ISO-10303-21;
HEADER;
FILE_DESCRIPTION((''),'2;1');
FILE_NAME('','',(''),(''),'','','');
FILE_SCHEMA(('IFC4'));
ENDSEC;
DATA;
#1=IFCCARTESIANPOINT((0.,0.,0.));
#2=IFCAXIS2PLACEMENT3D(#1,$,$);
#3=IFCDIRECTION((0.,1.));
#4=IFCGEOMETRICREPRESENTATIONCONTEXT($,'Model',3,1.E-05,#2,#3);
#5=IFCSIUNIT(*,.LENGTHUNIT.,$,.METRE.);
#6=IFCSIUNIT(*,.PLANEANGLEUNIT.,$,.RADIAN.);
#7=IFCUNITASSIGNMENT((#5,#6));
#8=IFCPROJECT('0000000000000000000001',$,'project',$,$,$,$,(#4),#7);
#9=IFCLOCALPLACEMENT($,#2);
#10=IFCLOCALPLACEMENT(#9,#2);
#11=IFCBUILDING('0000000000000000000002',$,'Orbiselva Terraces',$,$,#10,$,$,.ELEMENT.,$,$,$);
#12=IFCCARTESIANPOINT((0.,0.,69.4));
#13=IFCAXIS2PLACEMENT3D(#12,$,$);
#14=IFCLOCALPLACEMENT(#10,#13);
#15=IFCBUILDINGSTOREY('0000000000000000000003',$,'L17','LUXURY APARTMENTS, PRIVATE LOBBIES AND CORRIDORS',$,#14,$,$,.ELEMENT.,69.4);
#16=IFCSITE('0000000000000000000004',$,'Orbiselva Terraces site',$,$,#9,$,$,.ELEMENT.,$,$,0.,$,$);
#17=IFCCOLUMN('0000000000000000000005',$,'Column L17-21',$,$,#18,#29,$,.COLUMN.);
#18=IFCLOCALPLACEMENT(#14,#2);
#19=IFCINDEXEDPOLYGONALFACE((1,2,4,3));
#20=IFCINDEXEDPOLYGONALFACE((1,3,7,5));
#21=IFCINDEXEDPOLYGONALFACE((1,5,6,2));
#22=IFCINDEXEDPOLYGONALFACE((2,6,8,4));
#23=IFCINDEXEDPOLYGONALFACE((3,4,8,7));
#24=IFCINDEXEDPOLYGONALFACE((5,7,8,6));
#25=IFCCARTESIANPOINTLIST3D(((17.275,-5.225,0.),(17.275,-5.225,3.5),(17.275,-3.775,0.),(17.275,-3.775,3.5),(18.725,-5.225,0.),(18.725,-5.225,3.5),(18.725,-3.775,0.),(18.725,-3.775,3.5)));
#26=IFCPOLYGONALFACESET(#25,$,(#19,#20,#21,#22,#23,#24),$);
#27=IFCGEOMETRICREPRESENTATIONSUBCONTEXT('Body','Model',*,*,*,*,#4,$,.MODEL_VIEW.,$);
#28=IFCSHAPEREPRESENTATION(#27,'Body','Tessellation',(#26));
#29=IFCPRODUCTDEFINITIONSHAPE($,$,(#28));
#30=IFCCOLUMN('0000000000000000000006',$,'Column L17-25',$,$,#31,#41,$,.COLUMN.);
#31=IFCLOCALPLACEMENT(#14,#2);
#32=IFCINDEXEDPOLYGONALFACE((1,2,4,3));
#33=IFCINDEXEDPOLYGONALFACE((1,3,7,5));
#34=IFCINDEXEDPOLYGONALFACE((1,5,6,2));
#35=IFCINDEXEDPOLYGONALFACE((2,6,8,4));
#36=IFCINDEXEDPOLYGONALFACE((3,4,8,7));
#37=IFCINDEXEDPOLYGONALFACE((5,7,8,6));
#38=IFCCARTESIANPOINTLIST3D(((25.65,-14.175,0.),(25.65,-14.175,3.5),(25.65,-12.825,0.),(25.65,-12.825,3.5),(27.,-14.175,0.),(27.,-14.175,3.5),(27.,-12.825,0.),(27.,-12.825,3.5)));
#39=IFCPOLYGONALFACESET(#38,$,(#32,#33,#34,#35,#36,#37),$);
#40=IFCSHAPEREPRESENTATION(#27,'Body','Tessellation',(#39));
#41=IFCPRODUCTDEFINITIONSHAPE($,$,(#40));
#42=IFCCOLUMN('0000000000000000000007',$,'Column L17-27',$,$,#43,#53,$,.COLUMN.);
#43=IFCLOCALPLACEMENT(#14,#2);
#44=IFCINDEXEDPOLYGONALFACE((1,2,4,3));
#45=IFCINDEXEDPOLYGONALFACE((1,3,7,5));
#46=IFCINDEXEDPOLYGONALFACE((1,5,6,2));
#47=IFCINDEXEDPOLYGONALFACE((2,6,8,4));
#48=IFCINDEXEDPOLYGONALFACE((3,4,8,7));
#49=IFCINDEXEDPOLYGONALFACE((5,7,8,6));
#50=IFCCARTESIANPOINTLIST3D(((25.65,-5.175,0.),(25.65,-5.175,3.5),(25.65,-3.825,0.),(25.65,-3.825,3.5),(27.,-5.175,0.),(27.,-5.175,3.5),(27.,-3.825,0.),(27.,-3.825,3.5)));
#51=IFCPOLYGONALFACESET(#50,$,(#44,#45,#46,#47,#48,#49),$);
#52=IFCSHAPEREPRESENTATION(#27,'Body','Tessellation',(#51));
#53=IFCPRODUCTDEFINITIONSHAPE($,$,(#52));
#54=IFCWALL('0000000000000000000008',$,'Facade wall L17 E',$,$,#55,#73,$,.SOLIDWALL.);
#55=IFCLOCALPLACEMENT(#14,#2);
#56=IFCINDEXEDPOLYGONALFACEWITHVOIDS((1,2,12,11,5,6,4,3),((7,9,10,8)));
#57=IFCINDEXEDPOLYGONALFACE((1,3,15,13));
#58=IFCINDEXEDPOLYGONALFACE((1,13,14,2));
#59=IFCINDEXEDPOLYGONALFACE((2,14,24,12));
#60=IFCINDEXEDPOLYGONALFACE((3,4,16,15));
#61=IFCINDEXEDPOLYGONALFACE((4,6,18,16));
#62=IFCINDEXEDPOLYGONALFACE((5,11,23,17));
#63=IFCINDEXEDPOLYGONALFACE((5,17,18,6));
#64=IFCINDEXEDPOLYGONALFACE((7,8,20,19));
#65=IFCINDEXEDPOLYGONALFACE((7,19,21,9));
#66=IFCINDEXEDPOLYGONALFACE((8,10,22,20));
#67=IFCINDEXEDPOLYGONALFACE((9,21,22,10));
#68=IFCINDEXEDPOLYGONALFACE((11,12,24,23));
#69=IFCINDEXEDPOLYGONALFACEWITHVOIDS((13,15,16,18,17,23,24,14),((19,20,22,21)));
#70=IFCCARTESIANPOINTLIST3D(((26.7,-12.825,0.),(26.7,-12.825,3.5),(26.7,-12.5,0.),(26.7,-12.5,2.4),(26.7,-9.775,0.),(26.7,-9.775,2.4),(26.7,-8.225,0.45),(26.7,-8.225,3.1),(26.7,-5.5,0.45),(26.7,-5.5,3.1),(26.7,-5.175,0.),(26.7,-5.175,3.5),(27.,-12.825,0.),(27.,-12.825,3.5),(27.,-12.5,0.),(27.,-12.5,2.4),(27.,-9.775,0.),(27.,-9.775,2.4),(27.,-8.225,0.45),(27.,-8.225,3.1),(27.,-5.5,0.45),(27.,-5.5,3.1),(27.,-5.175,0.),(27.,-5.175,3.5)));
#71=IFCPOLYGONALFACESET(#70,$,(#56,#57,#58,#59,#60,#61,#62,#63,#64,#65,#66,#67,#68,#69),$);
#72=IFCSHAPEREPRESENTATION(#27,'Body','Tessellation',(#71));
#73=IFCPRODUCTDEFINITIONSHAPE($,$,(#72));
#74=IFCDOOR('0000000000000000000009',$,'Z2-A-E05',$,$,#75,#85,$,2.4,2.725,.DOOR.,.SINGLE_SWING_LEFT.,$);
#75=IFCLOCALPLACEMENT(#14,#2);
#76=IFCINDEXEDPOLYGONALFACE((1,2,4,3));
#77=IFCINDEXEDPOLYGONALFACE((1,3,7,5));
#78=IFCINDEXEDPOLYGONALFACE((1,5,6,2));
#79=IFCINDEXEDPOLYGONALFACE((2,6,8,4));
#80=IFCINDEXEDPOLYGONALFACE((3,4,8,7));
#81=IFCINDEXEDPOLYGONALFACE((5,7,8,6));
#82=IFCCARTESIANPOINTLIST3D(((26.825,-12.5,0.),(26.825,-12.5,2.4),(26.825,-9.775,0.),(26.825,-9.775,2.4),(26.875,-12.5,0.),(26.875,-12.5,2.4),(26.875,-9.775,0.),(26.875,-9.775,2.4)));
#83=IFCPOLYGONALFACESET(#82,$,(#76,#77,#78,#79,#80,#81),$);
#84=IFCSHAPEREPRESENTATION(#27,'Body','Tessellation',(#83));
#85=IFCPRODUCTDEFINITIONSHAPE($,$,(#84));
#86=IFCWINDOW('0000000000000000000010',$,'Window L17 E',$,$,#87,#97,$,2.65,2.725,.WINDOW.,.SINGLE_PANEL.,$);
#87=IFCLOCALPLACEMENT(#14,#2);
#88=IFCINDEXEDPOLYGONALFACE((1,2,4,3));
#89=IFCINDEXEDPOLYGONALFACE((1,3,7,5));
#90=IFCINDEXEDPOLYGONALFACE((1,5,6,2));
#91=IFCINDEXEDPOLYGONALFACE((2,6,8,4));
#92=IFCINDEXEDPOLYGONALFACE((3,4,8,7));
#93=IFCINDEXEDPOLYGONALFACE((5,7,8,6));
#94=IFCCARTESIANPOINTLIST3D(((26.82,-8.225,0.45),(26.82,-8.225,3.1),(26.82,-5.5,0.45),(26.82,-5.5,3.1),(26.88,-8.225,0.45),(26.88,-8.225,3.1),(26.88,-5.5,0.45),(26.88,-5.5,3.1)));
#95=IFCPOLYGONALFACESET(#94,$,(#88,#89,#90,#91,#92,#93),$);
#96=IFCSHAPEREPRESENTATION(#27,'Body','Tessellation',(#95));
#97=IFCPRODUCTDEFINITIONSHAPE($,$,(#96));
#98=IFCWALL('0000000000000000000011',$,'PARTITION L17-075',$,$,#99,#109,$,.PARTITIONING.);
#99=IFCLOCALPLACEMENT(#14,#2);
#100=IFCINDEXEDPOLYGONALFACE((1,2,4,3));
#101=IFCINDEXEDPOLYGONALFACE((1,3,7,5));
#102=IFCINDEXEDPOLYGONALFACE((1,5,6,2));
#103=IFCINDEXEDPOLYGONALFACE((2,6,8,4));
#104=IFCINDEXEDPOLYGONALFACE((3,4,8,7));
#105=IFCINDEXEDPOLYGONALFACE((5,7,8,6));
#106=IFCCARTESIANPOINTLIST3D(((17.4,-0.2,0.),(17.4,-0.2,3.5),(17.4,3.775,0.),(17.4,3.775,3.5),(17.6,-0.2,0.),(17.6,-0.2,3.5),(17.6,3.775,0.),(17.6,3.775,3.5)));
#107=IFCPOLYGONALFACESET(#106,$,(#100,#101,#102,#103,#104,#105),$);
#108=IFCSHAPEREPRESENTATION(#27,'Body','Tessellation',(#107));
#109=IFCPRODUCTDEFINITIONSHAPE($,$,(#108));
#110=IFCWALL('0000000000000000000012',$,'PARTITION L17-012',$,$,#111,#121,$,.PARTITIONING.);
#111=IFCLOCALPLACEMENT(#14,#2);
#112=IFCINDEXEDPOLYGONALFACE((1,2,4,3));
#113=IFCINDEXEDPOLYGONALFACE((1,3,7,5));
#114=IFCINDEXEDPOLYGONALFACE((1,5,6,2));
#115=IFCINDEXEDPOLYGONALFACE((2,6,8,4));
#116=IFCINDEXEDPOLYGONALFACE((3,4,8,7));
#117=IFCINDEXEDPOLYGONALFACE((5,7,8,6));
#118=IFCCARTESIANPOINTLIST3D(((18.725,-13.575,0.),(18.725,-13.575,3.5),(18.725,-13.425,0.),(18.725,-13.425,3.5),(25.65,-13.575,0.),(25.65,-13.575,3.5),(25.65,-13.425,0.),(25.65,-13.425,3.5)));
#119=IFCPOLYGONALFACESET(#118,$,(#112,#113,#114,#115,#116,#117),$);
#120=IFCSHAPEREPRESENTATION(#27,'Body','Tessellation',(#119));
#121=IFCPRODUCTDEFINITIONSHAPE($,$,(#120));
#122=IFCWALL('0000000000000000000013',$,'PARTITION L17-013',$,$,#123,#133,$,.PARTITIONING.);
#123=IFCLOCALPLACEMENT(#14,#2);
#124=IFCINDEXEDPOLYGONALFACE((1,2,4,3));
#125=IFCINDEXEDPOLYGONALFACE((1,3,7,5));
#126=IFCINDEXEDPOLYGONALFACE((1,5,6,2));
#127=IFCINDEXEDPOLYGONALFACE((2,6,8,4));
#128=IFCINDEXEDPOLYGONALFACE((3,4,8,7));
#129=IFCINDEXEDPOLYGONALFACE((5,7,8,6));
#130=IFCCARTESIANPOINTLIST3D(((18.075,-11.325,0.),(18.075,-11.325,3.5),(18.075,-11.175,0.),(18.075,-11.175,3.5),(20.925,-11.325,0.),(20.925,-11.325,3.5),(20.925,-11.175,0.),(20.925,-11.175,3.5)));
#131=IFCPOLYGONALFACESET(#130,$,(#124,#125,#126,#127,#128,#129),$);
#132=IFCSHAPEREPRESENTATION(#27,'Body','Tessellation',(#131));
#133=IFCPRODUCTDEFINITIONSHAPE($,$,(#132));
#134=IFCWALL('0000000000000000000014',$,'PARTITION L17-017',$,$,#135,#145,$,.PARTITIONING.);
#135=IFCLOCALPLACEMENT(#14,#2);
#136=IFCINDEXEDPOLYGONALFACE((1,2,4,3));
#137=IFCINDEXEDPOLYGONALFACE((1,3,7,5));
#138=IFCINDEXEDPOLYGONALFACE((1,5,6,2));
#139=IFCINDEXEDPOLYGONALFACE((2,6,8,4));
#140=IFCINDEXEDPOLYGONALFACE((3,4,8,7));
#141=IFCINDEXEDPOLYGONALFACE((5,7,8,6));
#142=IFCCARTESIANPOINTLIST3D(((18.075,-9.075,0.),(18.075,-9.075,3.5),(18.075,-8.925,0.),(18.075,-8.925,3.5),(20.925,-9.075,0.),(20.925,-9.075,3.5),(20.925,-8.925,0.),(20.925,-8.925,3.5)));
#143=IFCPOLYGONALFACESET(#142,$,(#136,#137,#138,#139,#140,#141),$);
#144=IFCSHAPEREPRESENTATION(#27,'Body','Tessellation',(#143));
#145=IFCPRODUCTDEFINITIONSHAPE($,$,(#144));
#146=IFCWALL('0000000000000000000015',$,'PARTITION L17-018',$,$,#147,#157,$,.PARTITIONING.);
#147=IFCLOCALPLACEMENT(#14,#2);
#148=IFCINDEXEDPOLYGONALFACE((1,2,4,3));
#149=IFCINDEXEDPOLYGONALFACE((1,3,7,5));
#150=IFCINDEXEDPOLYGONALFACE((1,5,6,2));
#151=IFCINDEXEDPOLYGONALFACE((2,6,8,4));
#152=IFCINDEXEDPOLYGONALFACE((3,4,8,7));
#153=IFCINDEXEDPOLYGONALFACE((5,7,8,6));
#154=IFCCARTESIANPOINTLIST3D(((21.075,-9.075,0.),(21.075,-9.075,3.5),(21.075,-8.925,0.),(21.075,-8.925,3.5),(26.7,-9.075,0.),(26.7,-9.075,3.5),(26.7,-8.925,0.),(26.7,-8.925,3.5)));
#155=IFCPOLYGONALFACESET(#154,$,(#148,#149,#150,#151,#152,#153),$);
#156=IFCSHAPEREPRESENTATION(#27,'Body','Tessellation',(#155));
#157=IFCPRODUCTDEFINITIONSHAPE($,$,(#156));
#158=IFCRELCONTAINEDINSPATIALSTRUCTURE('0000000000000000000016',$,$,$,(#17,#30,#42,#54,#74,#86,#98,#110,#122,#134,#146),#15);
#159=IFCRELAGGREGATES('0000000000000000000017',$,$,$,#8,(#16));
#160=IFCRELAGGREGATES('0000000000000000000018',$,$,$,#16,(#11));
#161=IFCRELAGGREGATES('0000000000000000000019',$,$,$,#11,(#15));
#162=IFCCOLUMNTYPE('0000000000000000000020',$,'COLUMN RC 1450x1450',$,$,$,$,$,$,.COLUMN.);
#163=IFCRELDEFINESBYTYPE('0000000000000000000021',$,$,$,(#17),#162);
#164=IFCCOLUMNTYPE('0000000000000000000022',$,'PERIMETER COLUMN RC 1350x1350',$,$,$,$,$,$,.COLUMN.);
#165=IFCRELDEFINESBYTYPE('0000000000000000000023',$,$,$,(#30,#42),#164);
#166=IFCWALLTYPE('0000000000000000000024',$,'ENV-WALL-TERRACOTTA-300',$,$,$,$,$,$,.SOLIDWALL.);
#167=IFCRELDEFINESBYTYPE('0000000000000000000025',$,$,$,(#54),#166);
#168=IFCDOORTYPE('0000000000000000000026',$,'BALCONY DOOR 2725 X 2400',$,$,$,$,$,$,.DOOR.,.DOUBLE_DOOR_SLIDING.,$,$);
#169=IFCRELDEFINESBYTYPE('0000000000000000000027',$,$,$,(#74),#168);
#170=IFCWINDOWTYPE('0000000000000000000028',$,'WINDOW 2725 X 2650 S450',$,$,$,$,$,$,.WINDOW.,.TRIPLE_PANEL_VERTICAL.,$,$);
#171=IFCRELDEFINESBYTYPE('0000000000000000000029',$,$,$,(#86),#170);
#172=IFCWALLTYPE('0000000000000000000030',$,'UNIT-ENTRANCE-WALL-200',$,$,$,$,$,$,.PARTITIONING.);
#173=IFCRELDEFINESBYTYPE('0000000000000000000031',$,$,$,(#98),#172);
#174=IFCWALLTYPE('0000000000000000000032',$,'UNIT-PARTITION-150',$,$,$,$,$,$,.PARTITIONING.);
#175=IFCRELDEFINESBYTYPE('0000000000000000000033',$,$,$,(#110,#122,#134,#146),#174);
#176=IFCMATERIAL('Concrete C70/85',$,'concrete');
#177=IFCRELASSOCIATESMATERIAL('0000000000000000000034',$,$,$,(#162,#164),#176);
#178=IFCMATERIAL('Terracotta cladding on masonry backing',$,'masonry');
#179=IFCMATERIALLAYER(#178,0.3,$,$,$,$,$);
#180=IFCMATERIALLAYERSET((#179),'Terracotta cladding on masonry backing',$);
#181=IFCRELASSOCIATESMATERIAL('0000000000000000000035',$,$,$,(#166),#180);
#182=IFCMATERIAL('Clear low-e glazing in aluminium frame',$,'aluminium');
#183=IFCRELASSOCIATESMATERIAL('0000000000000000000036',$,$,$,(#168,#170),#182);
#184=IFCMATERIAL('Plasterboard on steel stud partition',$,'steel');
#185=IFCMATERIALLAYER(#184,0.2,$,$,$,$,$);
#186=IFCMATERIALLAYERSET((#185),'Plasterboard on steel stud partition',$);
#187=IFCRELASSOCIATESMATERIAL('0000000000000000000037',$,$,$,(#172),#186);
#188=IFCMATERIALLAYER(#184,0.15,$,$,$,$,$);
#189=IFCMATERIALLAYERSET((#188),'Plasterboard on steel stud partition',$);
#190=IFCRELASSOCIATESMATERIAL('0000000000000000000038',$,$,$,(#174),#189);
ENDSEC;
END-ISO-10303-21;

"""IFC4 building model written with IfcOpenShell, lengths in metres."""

from ifc_helpers import new_model, si_unit, direction, frame, frame_2d, origin, origin_2d, place, context, subcontext, project, spatial, rectangle, extrude, material, layer, layer_set, material_profile, profile_set, type_object, element, fill, save


model = new_model("IFC4")

# Units and contexts
model_context = context("Model", 3, precision=1e-05, world=origin(), true_north=direction((0.0, 1.0)))
body_context = subcontext(model_context, "Body", "Model", "MODEL_VIEW")
ifc_project = project(units=[si_unit("LENGTHUNIT", "METRE"), si_unit("PLANEANGLEUNIT", "RADIAN")], contexts=[model_context])

# Site, building, storey
site_placement = place(None, origin())
site = spatial("IfcSite", under=ifc_project, at=site_placement, Name="Orbiselva Terraces site", CompositionType="ELEMENT", RefElevation=0.0)
building_placement = place(site_placement, origin())
building = spatial("IfcBuilding", under=site, at=building_placement, Name="Orbiselva Terraces", CompositionType="ELEMENT")
storey_placement = place(building_placement, frame((0.0, 0.0, 69.4)))
storey = spatial("IfcBuildingStorey", under=building, at=storey_placement, Name="L17", Description="LUXURY APARTMENTS, PRIVATE LOBBIES AND CORRIDORS", CompositionType="ELEMENT", Elevation=69.4)

# Columns
ifc_material_1 = material(Name="Concrete C70/85", Category="concrete")
ifc_material_profile_1 = material_profile(ifc_material_1, rectangle(XDim=1.45, YDim=1.45, at=origin_2d()), Name="RC 1450x1450")
ifc_profile_set_1 = profile_set([ifc_material_profile_1], Name="Concrete C70/85")
column_type_1 = type_object("IfcColumnType", Name="COLUMN RC 1450x1450", PredefinedType="COLUMN", material=ifc_profile_set_1)
column_placement = place(storey_placement, frame((18.0, -4.5, 0.0), z_axis=(0.0, 0.0, 1.0), x_axis=(1.0, 0.0, 0.0)))
element("IfcColumn", 1, at=column_placement, inside=storey, type_object=column_type_1, Name="Column L17-21", PredefinedType="COLUMN", context=body_context, shape_type="SweptSolid", body=[
    extrude(rectangle(XDim=1.45, YDim=1.45, at=origin_2d()), origin(), (0.0, 0.0, 1.0), 3.5),
])
ifc_material_profile_2 = material_profile(ifc_material_1, rectangle(XDim=1.35, YDim=1.35, at=origin_2d()), Name="RC 1350x1350")
ifc_profile_set_2 = profile_set([ifc_material_profile_2], Name="Concrete C70/85")
column_type_2 = type_object("IfcColumnType", Name="PERIMETER COLUMN RC 1350x1350", PredefinedType="COLUMN", material=ifc_profile_set_2)
for number, where, z_axis, x_axis, name in (
    (2, (26.325, -13.5, 0.0), (0.0, 0.0, 1.0), (1.0, 0.0, 0.0), "Column L17-25"),
    (3, (26.325, -4.5, 0.0), (0.0, 0.0, 1.0), (1.0, 0.0, 0.0), "Column L17-27"),
):
    element("IfcColumn", number, at=place(storey_placement, frame(where, z_axis=z_axis, x_axis=x_axis)), inside=storey, type_object=column_type_2, Name=name, PredefinedType="COLUMN", context=body_context, shape_type="SweptSolid", body=[
        extrude(rectangle(XDim=1.35, YDim=1.35, at=origin_2d()), origin(), (0.0, 0.0, 1.0), 3.5),
    ])

# Wall, openings, door, window
ifc_material_2 = material(Name="Terracotta cladding on masonry backing", Category="masonry")
ifc_layer_1 = layer(ifc_material_2, 0.3)
ifc_layer_set_1 = layer_set([ifc_layer_1], Name="Terracotta cladding on masonry backing")
wall_type_1 = type_object("IfcWallType", Name="ENV-WALL-TERRACOTTA-300", PredefinedType="SOLIDWALL", material=ifc_layer_set_1)
wall_1_placement = place(storey_placement, frame((26.85, -5.175, 0.0), z_axis=(0.0, 0.0, 1.0), x_axis=(0.0, -1.0, 0.0)))
wall_1 = element("IfcWall", 4, at=wall_1_placement, inside=storey, type_object=wall_type_1, Name="Facade wall L17 E", PredefinedType="SOLIDWALL", context=body_context, shape_type="SweptSolid", body=[
    extrude(rectangle(XDim=7.65, YDim=0.3, at=frame_2d((3.825, 0.0))), origin(), (0.0, 0.0, 1.0), 3.5),
])
opening_1_placement = place(wall_1_placement, frame((4.6, 0.0, 0.0)))
opening_1 = element("IfcOpeningElement", 5, at=opening_1_placement, cuts=wall_1, PredefinedType="OPENING", context=body_context, shape_type="SweptSolid", body=[
    extrude(rectangle(XDim=2.725, YDim=2.4, at=frame_2d((1.3625, 1.2))), frame((0.0, 0.16, 0.0), z_axis=(0.0, -1.0, 0.0), x_axis=(1.0, 0.0, 0.0)), (0.0, 0.0, 1.0), 0.32),
])
opening_2_placement = place(wall_1_placement, frame((0.325, 0.0, 0.45)))
opening_2 = element("IfcOpeningElement", 6, at=opening_2_placement, cuts=wall_1, PredefinedType="OPENING", context=body_context, shape_type="SweptSolid", body=[
    extrude(rectangle(XDim=2.725, YDim=2.65, at=frame_2d((1.3625, 1.325))), frame((0.0, 0.16, 0.0), z_axis=(0.0, -1.0, 0.0), x_axis=(1.0, 0.0, 0.0)), (0.0, 0.0, 1.0), 0.32),
])
ifc_material_3 = material(Name="Clear low-e glazing in aluminium frame", Category="aluminium")
door_type_1 = type_object("IfcDoorType", Name="BALCONY DOOR 2725 X 2400", OperationType="DOUBLE_DOOR_SLIDING", PredefinedType="DOOR", material=ifc_material_3)
door_1_placement = place(opening_1_placement, origin())
door_1 = element("IfcDoor", 7, at=door_1_placement, inside=storey, type_object=door_type_1, Name="Z2-A-E05", OperationType="SINGLE_SWING_LEFT", OverallHeight=2.4, OverallWidth=2.725, PredefinedType="DOOR", context=body_context, shape_type="SweptSolid", body=[
    extrude(rectangle(XDim=2.725, YDim=2.4, at=frame_2d((1.3625, 1.2))), frame((0.0, 0.025, 0.0), z_axis=(0.0, -1.0, 0.0), x_axis=(1.0, 0.0, 0.0)), (0.0, 0.0, 1.0), 0.05),
])
fill(opening_1, door_1)
window_type = type_object("IfcWindowType", Name="WINDOW 2725 X 2650 S450", PartitioningType="TRIPLE_PANEL_VERTICAL", PredefinedType="WINDOW", material=ifc_material_3)
window_placement = place(opening_2_placement, origin())
window = element("IfcWindow", 8, at=window_placement, inside=storey, type_object=window_type, Name="Window L17 E", OverallHeight=2.65, OverallWidth=2.725, PartitioningType="SINGLE_PANEL", PredefinedType="WINDOW", context=body_context, shape_type="SweptSolid", body=[
    extrude(rectangle(XDim=2.725, YDim=2.65, at=frame_2d((1.3625, 1.325))), frame((0.0, 0.03, 0.0), z_axis=(0.0, -1.0, 0.0), x_axis=(1.0, 0.0, 0.0)), (0.0, 0.0, 1.0), 0.06),
])
fill(opening_2, window)

# Walls
ifc_material_4 = material(Name="Plasterboard on steel stud partition", Category="steel")
ifc_layer_2 = layer(ifc_material_4, 0.2)
ifc_layer_set_2 = layer_set([ifc_layer_2], Name="Plasterboard on steel stud partition")
wall_type_2 = type_object("IfcWallType", Name="UNIT-ENTRANCE-WALL-200", PredefinedType="PARTITIONING", material=ifc_layer_set_2)
wall_2_placement = place(storey_placement, frame((17.5, -0.2, 0.0), z_axis=(0.0, 0.0, 1.0), x_axis=(0.0, 1.0, 0.0)))
element("IfcWall", 9, at=wall_2_placement, inside=storey, type_object=wall_type_2, Name="PARTITION L17-075", PredefinedType="PARTITIONING", context=body_context, shape_type="SweptSolid", body=[
    extrude(rectangle(XDim=3.975, YDim=0.2, at=frame_2d((1.9875, 0.0))), origin(), (0.0, 0.0, 1.0), 3.5),
])
ifc_layer_3 = layer(ifc_material_4, 0.15)
ifc_layer_set_3 = layer_set([ifc_layer_3], Name="Plasterboard on steel stud partition")
wall_type_3 = type_object("IfcWallType", Name="UNIT-PARTITION-150", PredefinedType="PARTITIONING", material=ifc_layer_set_3)
wall_3_placement = place(storey_placement, frame((18.725, -13.5, 0.0), z_axis=(0.0, 0.0, 1.0), x_axis=(1.0, 0.0, 0.0)))
element("IfcWall", 10, at=wall_3_placement, inside=storey, type_object=wall_type_3, Name="PARTITION L17-012", PredefinedType="PARTITIONING", context=body_context, shape_type="SweptSolid", body=[
    extrude(rectangle(XDim=6.925, YDim=0.15, at=frame_2d((3.4625, 0.0))), origin(), (0.0, 0.0, 1.0), 3.5),
])
for number, where, z_axis, x_axis, name in (
    (11, (18.075, -11.25, 0.0), (0.0, 0.0, 1.0), (1.0, 0.0, 0.0), "PARTITION L17-013"),
    (12, (18.075, -9.0, 0.0), (0.0, 0.0, 1.0), (1.0, 0.0, 0.0), "PARTITION L17-017"),
):
    element("IfcWall", number, at=place(storey_placement, frame(where, z_axis=z_axis, x_axis=x_axis)), inside=storey, type_object=wall_type_3, Name=name, PredefinedType="PARTITIONING", context=body_context, shape_type="SweptSolid", body=[
        extrude(rectangle(XDim=2.85, YDim=0.15, at=frame_2d((1.425, 0.0))), origin(), (0.0, 0.0, 1.0), 3.5),
    ])
wall_4_placement = place(storey_placement, frame((21.075, -9.0, 0.0), z_axis=(0.0, 0.0, 1.0), x_axis=(1.0, 0.0, 0.0)))
element("IfcWall", 13, at=wall_4_placement, inside=storey, type_object=wall_type_3, Name="PARTITION L17-018", PredefinedType="PARTITIONING", context=body_context, shape_type="SweptSolid", body=[
    extrude(rectangle(XDim=5.625, YDim=0.15, at=frame_2d((2.8125, 0.0))), origin(), (0.0, 0.0, 1.0), 3.5),
])

save(model, "model.ifc")
